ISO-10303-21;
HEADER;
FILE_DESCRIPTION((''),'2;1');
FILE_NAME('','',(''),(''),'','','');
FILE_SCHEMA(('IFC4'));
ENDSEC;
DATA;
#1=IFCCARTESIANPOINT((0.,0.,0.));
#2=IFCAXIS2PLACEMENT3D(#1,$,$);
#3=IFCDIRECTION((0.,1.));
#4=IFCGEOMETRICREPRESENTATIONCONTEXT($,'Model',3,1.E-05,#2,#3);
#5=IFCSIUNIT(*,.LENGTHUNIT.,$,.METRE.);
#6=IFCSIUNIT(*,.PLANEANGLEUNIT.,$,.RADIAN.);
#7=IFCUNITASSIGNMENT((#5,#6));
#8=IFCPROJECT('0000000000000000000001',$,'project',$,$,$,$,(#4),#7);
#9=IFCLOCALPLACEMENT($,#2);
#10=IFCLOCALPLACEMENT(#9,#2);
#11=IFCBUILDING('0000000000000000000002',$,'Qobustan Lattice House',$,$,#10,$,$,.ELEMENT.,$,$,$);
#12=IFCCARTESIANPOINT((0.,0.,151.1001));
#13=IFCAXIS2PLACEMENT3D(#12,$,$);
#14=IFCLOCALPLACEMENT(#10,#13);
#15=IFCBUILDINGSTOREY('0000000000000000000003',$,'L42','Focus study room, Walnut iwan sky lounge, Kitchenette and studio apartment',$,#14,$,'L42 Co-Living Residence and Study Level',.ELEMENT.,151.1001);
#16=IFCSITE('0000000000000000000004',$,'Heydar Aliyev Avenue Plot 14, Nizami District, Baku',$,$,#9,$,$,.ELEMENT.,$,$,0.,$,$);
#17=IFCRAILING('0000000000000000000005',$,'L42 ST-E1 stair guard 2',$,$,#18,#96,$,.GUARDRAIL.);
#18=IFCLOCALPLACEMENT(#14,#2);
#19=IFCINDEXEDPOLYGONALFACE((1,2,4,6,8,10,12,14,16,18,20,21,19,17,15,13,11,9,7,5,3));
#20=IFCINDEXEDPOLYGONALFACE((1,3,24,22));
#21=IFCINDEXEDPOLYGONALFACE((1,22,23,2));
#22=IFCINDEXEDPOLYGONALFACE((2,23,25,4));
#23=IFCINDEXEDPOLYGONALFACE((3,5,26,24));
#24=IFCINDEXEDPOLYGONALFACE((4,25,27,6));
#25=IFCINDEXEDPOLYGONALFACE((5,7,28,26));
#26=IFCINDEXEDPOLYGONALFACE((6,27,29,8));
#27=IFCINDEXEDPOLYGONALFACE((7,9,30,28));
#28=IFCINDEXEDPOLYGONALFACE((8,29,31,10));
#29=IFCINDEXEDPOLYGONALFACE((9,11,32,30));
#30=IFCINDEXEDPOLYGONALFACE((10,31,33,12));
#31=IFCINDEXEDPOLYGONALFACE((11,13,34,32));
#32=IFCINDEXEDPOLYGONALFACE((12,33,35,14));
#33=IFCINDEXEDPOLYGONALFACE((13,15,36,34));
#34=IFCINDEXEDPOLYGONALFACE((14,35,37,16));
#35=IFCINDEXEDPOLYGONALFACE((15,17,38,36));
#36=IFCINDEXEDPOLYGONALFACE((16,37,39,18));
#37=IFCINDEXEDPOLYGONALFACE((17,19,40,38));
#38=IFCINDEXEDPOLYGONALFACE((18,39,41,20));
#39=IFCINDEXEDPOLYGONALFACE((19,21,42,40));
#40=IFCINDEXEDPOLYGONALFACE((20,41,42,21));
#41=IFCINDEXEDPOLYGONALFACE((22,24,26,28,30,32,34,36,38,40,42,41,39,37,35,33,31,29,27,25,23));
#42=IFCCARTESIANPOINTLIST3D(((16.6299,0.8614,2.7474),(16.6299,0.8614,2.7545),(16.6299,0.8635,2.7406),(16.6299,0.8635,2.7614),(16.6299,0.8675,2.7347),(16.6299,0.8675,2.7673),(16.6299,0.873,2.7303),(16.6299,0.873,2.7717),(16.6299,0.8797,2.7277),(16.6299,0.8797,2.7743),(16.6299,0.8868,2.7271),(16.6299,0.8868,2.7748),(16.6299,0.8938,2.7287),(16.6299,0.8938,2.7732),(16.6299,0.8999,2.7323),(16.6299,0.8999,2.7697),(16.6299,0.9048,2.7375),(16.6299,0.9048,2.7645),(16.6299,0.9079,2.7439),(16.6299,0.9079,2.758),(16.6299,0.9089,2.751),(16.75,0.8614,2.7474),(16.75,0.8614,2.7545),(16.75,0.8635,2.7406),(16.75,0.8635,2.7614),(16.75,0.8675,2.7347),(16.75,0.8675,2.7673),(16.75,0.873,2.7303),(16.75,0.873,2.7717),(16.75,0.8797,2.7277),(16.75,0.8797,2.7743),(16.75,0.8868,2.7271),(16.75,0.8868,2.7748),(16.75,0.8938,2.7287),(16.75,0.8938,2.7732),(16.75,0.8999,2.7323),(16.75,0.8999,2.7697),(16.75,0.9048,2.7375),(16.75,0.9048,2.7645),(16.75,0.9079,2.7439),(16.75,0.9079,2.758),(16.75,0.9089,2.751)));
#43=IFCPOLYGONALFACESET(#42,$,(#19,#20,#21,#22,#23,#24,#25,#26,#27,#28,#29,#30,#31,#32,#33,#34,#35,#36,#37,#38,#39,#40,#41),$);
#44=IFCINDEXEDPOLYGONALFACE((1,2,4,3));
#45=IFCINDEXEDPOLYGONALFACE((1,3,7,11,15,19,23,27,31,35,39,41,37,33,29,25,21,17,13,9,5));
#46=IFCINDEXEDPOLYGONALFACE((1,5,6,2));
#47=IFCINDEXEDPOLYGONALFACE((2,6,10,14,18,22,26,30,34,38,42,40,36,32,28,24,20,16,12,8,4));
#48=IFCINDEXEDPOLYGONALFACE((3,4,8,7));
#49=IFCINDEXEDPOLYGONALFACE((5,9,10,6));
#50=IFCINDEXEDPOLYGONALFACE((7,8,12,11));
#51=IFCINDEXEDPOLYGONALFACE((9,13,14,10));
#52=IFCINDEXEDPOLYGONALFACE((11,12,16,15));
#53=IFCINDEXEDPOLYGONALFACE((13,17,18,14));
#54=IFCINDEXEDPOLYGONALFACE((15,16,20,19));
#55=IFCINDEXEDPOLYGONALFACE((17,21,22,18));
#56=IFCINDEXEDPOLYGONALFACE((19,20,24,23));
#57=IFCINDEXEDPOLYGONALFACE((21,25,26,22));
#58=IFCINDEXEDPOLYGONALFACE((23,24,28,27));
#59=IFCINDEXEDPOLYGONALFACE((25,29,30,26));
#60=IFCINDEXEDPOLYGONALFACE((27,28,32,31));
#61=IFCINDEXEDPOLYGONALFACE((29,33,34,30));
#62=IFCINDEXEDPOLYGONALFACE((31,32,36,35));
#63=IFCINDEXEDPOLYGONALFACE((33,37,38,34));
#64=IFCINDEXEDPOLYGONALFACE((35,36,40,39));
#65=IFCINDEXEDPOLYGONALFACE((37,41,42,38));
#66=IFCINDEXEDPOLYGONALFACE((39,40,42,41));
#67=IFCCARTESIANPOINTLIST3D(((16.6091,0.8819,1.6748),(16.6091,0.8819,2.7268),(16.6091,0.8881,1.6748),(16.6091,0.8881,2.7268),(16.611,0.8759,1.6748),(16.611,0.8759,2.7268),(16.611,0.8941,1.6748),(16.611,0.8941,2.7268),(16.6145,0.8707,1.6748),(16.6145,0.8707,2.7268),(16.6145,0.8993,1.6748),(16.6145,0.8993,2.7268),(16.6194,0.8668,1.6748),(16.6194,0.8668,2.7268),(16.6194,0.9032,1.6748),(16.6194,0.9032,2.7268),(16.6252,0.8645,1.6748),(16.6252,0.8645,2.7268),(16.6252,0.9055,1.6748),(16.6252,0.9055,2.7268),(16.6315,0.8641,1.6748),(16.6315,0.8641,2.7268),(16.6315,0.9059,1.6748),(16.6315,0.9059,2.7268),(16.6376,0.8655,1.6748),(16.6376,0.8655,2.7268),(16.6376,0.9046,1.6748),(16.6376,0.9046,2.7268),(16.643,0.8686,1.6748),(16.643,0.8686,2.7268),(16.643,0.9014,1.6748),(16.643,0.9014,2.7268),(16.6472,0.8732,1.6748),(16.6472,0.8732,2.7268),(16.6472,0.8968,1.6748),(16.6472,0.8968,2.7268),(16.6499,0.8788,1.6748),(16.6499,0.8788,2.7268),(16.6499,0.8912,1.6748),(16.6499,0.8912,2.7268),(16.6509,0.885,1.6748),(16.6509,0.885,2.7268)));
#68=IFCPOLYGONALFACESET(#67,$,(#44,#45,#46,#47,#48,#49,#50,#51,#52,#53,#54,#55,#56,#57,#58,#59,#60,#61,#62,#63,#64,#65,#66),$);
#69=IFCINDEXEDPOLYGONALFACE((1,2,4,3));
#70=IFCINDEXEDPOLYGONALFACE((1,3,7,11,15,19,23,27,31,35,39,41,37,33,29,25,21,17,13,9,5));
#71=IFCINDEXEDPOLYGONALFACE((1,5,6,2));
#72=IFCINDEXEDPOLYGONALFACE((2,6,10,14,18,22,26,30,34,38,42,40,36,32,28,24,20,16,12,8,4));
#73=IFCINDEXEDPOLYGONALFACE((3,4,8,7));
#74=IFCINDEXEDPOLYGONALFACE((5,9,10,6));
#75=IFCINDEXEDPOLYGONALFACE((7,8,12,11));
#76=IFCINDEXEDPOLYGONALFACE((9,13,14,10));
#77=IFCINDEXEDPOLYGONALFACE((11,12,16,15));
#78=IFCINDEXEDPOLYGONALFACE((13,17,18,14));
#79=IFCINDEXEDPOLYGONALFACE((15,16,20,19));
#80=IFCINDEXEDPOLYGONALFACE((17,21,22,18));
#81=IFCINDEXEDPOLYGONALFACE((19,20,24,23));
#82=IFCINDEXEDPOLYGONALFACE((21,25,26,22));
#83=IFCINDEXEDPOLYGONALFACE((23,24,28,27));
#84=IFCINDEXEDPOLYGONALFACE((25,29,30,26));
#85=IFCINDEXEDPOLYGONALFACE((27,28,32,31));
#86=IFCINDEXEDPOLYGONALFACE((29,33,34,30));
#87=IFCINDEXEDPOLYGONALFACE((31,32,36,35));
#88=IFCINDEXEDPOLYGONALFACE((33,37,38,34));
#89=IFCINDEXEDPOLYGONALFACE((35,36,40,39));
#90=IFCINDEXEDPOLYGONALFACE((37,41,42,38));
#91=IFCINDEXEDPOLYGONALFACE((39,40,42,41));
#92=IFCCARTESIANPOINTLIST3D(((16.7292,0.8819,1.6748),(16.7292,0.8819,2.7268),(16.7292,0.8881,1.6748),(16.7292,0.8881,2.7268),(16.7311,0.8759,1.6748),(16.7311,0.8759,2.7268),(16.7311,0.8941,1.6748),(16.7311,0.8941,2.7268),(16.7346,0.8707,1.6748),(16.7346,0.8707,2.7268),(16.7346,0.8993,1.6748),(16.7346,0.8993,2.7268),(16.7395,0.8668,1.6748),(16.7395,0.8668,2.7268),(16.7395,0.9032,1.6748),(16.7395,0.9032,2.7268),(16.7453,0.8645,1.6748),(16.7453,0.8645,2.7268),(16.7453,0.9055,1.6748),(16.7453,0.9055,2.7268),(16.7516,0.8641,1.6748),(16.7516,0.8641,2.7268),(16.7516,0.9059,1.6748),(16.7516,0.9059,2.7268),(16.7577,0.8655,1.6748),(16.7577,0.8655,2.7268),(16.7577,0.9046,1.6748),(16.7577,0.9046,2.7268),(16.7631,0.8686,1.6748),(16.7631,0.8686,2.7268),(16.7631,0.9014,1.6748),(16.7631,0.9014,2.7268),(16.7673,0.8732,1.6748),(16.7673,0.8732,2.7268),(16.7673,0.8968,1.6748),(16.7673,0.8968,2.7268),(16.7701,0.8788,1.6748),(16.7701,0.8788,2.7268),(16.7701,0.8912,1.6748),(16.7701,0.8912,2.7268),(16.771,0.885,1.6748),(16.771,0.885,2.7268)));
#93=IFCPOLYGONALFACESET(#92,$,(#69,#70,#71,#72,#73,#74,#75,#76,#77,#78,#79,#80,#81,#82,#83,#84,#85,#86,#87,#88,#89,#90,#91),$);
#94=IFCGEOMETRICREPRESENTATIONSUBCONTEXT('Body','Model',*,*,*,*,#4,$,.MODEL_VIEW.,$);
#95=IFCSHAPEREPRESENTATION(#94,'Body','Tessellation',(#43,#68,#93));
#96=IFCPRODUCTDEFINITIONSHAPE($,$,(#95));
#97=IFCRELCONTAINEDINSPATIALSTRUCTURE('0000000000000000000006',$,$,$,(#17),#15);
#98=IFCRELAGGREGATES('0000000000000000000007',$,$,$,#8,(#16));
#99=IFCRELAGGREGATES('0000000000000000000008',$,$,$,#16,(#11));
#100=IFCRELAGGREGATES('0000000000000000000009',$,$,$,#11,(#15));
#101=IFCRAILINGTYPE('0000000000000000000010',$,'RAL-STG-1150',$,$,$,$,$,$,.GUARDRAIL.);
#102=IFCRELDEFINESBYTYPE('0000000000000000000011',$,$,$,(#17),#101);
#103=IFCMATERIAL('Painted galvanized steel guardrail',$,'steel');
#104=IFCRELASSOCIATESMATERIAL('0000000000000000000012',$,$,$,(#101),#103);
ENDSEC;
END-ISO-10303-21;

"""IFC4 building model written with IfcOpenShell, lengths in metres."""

from ifc_helpers import new_model, si_unit, direction, frame, origin, origin_2d, place, context, subcontext, project, spatial, circle, extrude, material, type_object, element, save


model = new_model("IFC4")

# Units and contexts
model_context = context("Model", 3, precision=1e-05, world=origin(), true_north=direction((0.0, 1.0)))
body_context = subcontext(model_context, "Body", "Model", "MODEL_VIEW")
ifc_project = project(units=[si_unit("LENGTHUNIT", "METRE"), si_unit("PLANEANGLEUNIT", "RADIAN")], contexts=[model_context])

# Site, building, storey
site_placement = place(None, origin())
site = spatial("IfcSite", under=ifc_project, at=site_placement, Name="Heydar Aliyev Avenue Plot 14, Nizami District, Baku", CompositionType="ELEMENT", RefElevation=0.0)
building_placement = place(site_placement, origin())
building = spatial("IfcBuilding", under=site, at=building_placement, Name="Qobustan Lattice House", CompositionType="ELEMENT")
storey_placement = place(building_placement, frame((0.0, 0.0, 151.1001)))
storey = spatial("IfcBuildingStorey", under=building, at=storey_placement, Name="L42", Description="Focus study room, Walnut iwan sky lounge, Kitchenette and studio apartment", LongName="L42 Co-Living Residence and Study Level", CompositionType="ELEMENT", Elevation=151.1001)

# Railing
ifc_material_1 = material(Name="Painted galvanized steel guardrail", Category="steel")
railing_type_1 = type_object("IfcRailingType", Name="RAL-STG-1150", PredefinedType="GUARDRAIL", material=ifc_material_1)
railing_1_placement = place(storey_placement, frame((16.6299, 0.885, 1.6748)))
element("IfcRailing", 1, at=railing_1_placement, inside=storey, type_object=railing_type_1, Name="L42 ST-E1 stair guard 2", PredefinedType="GUARDRAIL", context=body_context, shape_type="SweptSolid", body=[
    extrude(circle(Radius=0.0239, at=origin_2d()), frame((0.0, 0.0, 1.0762), z_axis=(1.0, 0.0, 0.0), x_axis=(0.0, 1.0, 0.0)), (0.0, 0.0, 1.0), 0.1201),
    extrude(circle(Radius=0.021, at=origin_2d()), origin(), (0.0, 0.0, 1.0), 1.052),
    extrude(circle(Radius=0.021, at=origin_2d()), frame((0.1201, 0.0, 0.0)), (0.0, 0.0, 1.0), 1.052),
])

save(model, "model.ifc")
